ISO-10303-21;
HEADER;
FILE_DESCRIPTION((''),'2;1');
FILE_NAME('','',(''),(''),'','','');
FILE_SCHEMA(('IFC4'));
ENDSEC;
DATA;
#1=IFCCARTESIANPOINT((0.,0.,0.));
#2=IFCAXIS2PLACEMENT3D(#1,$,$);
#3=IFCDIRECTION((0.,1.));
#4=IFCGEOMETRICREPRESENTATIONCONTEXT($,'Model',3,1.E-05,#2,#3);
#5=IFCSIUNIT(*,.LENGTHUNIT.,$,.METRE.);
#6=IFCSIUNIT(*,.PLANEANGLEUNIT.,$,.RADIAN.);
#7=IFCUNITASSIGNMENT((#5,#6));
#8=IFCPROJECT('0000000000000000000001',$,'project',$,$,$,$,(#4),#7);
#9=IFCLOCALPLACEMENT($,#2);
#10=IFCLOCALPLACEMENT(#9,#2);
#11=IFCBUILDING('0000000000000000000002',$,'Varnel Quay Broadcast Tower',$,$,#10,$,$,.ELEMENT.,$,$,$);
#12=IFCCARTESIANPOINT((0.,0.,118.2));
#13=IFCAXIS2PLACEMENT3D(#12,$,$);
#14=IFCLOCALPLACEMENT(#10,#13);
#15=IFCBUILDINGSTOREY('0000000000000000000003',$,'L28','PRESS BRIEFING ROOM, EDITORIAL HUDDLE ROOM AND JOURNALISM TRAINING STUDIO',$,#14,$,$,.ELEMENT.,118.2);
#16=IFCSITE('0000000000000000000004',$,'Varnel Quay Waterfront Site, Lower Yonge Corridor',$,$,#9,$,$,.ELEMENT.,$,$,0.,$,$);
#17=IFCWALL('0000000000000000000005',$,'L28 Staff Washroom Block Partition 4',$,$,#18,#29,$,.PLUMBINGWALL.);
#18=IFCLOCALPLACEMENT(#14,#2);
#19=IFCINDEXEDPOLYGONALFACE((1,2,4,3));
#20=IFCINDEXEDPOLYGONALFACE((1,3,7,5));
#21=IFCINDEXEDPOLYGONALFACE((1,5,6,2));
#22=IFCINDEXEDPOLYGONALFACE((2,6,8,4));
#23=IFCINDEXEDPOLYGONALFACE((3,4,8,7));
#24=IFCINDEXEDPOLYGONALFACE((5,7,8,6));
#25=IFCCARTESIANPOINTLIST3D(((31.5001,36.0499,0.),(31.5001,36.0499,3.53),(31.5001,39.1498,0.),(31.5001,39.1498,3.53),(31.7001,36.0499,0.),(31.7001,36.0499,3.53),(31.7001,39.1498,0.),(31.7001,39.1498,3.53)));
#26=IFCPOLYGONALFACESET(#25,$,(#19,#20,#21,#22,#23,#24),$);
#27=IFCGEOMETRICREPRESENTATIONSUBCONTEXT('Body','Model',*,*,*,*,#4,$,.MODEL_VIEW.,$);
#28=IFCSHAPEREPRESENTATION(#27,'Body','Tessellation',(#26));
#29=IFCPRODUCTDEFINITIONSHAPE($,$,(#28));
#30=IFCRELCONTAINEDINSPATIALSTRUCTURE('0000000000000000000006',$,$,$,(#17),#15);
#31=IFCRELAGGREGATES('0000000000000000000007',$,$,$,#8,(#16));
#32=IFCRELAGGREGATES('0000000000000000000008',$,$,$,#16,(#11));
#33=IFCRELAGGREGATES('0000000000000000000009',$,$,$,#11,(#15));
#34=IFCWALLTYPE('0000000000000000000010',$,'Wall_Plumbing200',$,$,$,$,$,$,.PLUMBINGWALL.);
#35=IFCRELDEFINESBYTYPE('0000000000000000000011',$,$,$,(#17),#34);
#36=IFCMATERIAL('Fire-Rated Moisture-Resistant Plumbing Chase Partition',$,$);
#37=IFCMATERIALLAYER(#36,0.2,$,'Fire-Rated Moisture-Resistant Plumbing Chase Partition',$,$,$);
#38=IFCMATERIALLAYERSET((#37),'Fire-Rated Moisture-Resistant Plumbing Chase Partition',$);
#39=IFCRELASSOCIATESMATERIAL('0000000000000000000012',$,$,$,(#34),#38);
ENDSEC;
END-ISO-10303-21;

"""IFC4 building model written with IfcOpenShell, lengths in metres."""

from ifc_helpers import new_model, si_unit, direction, frame, frame_2d, origin, place, context, subcontext, project, spatial, rectangle, extrude, material, layer, layer_set, type_object, element, save


model = new_model("IFC4")

# Units and contexts
model_context = context("Model", 3, precision=1e-05, world=origin(), true_north=direction((0.0, 1.0)))
body_context = subcontext(model_context, "Body", "Model", "MODEL_VIEW")
ifc_project = project(units=[si_unit("LENGTHUNIT", "METRE"), si_unit("PLANEANGLEUNIT", "RADIAN")], contexts=[model_context])

# Site, building, storey
site_placement = place(None, origin())
site = spatial("IfcSite", under=ifc_project, at=site_placement, Name="Varnel Quay Waterfront Site, Lower Yonge Corridor", CompositionType="ELEMENT", RefElevation=0.0)
building_placement = place(site_placement, origin())
building = spatial("IfcBuilding", under=site, at=building_placement, Name="Varnel Quay Broadcast Tower", CompositionType="ELEMENT")
storey_placement = place(building_placement, frame((0.0, 0.0, 118.2)))
storey = spatial("IfcBuildingStorey", under=building, at=storey_placement, Name="L28", Description="PRESS BRIEFING ROOM, EDITORIAL HUDDLE ROOM AND JOURNALISM TRAINING STUDIO", CompositionType="ELEMENT", Elevation=118.2)

# Wall
ifc_material_1 = material(Name="Fire-Rated Moisture-Resistant Plumbing Chase Partition")
ifc_layer_1 = layer(ifc_material_1, 0.2, Name="Fire-Rated Moisture-Resistant Plumbing Chase Partition")
ifc_layer_set_1 = layer_set([ifc_layer_1], Name="Fire-Rated Moisture-Resistant Plumbing Chase Partition")
wall_type_1 = type_object("IfcWallType", Name="Wall_Plumbing200", PredefinedType="PLUMBINGWALL", material=ifc_layer_set_1)
for number, where, z_axis, x_axis, name in (
    (1, (31.6001, 36.05, 0.0), (0.0, 0.0, 1.0), (0.0, 1.0, 0.0), "L28 Staff Washroom Block Partition 4"),
):
    element("IfcWall", number, at=place(storey_placement, frame(where, z_axis=z_axis, x_axis=x_axis)), inside=storey, type_object=wall_type_1, Name=name, PredefinedType="PLUMBINGWALL", context=body_context, shape_type="SweptSolid", body=[
        extrude(rectangle(XDim=3.0999, YDim=0.2, at=frame_2d((1.5498, 0.0))), origin(), (0.0, 0.0, 1.0), 3.53),
    ])

save(model, "model.ifc")
